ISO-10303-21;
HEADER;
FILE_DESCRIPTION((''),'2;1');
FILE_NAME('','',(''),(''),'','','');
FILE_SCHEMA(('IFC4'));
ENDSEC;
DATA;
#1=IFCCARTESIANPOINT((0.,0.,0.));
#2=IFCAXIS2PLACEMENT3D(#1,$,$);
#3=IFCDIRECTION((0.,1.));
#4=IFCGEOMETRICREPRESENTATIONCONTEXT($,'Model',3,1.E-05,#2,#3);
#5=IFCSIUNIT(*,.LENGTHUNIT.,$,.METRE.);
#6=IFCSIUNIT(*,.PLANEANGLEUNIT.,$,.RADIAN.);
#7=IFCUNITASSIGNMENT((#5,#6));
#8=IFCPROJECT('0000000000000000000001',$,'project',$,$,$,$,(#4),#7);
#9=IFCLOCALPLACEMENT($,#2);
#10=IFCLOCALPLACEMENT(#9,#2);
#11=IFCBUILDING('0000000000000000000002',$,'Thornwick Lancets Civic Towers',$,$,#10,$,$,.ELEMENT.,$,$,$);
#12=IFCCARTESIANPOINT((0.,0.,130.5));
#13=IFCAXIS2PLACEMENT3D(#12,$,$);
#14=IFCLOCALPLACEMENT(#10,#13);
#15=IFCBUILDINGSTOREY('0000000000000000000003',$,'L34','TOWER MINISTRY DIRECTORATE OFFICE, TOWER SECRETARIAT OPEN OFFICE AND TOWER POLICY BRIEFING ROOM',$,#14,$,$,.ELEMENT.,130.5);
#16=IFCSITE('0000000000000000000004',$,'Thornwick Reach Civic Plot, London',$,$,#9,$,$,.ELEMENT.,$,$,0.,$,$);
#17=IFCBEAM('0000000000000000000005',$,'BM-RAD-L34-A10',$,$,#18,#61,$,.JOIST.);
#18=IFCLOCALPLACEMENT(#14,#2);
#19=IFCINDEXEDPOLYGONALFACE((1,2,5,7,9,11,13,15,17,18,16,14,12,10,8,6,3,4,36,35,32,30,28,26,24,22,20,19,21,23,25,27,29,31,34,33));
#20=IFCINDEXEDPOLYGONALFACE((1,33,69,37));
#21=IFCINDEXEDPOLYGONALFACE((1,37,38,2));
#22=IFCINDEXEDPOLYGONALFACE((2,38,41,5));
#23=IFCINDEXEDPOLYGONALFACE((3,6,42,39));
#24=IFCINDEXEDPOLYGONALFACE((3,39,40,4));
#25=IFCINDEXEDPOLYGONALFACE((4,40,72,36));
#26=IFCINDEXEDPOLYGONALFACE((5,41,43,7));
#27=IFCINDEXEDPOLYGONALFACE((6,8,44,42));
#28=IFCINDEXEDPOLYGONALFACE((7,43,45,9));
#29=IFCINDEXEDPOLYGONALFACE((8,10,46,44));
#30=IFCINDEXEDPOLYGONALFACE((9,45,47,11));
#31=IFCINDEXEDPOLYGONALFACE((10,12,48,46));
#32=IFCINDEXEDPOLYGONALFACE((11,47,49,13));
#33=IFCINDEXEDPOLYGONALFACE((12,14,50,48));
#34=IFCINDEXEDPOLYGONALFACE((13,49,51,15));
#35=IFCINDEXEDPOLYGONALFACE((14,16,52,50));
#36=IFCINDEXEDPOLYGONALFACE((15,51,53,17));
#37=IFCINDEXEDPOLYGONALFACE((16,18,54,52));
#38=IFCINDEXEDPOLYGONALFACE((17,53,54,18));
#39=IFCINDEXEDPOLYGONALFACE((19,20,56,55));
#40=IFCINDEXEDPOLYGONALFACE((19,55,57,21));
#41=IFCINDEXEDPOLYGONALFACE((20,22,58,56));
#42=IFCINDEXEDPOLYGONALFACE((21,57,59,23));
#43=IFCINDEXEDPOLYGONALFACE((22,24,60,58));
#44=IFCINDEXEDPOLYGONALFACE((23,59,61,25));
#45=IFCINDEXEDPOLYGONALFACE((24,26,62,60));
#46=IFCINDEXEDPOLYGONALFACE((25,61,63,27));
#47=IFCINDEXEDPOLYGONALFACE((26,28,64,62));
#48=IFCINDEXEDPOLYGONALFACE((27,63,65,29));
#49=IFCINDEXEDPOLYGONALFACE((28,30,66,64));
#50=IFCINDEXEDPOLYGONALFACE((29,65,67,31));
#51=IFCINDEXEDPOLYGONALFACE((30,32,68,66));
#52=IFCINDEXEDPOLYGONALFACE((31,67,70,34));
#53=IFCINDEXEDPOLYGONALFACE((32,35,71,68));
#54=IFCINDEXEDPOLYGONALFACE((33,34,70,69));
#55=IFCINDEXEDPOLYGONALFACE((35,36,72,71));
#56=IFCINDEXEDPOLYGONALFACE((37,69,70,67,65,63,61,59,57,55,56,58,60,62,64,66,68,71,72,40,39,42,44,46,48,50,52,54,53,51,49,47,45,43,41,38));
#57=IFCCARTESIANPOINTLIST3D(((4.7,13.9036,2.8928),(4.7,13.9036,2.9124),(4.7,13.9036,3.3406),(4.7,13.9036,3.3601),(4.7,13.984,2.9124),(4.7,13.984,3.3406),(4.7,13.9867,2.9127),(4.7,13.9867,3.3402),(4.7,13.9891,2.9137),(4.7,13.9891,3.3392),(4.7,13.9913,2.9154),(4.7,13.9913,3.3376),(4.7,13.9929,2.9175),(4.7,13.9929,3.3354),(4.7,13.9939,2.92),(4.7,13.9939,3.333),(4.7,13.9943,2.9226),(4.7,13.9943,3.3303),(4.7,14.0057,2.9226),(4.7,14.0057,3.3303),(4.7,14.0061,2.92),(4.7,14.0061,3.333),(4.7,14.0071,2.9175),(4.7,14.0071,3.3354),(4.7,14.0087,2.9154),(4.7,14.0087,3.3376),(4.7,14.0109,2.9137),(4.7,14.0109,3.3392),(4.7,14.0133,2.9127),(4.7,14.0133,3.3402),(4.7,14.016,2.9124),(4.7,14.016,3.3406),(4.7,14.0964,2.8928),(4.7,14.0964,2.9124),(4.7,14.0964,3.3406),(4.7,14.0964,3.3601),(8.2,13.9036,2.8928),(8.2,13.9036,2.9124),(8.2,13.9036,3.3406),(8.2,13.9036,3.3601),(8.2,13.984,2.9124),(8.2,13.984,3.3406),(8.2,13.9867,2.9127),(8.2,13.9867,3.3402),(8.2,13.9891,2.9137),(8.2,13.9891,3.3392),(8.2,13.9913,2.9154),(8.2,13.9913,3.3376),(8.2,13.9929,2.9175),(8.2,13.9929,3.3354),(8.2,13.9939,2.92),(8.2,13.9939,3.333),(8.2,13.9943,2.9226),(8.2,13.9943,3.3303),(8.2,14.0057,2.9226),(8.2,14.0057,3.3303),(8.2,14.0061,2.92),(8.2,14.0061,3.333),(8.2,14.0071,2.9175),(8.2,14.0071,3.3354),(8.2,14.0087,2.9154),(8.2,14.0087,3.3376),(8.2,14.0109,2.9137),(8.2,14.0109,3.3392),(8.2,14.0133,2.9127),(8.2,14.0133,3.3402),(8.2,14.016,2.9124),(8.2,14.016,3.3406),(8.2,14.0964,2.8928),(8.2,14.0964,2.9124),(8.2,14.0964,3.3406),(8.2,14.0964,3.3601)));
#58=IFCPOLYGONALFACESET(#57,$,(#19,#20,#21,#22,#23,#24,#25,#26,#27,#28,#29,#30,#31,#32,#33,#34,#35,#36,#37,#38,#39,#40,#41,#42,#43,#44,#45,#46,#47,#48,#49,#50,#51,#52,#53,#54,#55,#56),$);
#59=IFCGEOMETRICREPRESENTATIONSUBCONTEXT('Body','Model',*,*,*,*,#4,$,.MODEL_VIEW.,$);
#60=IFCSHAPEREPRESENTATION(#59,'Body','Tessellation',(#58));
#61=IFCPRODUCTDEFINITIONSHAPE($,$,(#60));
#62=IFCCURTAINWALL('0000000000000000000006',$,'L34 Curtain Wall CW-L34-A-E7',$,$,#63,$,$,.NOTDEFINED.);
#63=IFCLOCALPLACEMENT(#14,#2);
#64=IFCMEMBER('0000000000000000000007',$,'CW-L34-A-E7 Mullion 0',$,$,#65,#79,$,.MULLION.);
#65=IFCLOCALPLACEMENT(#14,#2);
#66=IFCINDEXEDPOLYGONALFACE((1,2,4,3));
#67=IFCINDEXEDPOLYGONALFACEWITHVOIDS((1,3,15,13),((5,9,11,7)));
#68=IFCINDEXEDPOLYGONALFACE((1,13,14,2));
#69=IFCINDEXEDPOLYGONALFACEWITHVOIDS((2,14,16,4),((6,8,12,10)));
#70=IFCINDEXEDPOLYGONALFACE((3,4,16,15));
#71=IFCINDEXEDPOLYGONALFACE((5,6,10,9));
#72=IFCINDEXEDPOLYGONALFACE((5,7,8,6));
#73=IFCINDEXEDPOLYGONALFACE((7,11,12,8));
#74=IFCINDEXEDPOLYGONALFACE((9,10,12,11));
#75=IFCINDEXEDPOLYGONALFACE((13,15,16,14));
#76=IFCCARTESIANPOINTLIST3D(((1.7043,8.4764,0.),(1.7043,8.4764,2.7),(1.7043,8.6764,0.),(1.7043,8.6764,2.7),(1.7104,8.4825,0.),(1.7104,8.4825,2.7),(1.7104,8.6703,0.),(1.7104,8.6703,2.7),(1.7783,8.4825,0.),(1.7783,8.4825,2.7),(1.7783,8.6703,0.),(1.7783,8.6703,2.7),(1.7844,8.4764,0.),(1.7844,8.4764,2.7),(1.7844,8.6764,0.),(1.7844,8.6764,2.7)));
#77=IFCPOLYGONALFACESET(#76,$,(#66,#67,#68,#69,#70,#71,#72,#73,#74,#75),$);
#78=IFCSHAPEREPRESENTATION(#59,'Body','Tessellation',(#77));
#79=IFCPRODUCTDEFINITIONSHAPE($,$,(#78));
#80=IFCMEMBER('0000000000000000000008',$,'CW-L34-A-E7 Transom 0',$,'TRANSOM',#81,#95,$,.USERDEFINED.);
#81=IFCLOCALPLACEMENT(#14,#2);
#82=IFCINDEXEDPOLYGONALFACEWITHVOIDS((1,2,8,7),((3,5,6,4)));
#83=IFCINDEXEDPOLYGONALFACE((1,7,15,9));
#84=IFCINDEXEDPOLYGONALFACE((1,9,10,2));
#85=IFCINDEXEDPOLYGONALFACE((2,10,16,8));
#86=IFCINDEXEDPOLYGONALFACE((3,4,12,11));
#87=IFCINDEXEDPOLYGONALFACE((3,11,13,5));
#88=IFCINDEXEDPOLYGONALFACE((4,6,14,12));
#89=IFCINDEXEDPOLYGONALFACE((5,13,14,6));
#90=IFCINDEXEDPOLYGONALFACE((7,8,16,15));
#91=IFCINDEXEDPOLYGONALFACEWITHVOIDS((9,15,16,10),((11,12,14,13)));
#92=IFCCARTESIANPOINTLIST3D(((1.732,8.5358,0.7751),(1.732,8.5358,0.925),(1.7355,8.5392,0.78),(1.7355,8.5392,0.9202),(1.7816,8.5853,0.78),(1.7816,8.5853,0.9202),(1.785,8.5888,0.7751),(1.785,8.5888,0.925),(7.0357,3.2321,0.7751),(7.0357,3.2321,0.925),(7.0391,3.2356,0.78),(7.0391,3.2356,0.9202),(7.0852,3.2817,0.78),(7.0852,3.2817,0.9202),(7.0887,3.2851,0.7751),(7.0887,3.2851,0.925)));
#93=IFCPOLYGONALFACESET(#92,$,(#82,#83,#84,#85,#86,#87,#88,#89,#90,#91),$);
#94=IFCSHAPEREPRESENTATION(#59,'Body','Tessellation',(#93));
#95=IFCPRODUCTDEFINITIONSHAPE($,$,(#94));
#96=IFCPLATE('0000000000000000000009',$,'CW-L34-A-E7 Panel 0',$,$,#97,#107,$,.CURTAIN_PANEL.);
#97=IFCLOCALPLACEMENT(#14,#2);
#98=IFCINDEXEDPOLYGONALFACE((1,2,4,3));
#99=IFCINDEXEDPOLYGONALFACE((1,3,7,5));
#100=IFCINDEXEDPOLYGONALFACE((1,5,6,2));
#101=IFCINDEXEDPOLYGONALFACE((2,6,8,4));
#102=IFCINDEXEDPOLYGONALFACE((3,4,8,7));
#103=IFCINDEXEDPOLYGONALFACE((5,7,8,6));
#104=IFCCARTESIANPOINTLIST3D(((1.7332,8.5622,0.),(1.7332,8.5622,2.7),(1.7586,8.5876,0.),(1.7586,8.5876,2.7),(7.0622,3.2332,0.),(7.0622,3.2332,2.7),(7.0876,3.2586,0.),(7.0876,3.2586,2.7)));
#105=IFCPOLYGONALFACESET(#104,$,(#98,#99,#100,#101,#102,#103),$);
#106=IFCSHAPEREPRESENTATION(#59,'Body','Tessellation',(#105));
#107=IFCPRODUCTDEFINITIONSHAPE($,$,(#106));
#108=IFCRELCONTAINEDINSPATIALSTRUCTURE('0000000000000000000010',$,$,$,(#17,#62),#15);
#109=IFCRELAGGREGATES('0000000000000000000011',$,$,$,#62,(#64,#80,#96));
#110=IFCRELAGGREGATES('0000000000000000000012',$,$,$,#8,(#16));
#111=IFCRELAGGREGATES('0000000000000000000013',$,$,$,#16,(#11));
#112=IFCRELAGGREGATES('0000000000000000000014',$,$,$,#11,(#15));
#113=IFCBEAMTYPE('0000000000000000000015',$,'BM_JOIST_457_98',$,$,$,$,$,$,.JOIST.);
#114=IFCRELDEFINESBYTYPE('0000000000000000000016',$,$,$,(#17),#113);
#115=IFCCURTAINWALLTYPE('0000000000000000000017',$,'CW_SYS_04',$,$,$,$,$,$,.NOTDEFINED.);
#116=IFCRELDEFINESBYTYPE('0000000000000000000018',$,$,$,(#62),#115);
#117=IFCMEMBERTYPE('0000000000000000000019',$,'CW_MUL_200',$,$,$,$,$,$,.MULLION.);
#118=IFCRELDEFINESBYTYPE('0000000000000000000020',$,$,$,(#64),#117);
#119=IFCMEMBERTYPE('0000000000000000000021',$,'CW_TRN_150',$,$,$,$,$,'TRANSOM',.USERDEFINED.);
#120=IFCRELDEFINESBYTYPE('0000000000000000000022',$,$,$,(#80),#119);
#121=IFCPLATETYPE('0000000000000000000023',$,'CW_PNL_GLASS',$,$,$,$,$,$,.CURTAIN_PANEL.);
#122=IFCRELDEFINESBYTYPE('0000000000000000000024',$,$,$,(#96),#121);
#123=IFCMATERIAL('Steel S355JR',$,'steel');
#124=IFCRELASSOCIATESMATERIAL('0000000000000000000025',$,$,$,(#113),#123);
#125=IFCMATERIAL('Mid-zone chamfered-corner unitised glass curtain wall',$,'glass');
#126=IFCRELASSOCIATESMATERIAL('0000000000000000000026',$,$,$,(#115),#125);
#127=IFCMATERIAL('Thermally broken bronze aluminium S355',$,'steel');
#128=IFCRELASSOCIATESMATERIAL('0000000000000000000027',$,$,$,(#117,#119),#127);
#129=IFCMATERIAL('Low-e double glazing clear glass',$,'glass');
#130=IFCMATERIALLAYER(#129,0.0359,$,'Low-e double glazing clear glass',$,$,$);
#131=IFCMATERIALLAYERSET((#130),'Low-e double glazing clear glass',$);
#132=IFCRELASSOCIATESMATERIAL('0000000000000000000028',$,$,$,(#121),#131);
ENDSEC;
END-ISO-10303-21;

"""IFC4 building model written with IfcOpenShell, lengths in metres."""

from ifc_helpers import new_model, si_unit, direction, frame, origin, origin_2d, place, context, subcontext, project, spatial, rectangle, hollow_rectangle, i_section, extrude, material, layer, layer_set, material_profile, profile_set, type_object, element, aggregate, save


model = new_model("IFC4")

# Units and contexts
model_context = context("Model", 3, precision=1e-05, world=origin(), true_north=direction((0.0, 1.0)))
body_context = subcontext(model_context, "Body", "Model", "MODEL_VIEW")
ifc_project = project(units=[si_unit("LENGTHUNIT", "METRE"), si_unit("PLANEANGLEUNIT", "RADIAN")], contexts=[model_context])

# Site, building, storey
site_placement = place(None, origin())
site = spatial("IfcSite", under=ifc_project, at=site_placement, Name="Thornwick Reach Civic Plot, London", CompositionType="ELEMENT", RefElevation=0.0)
building_placement = place(site_placement, origin())
building = spatial("IfcBuilding", under=site, at=building_placement, Name="Thornwick Lancets Civic Towers", CompositionType="ELEMENT")
storey_placement = place(building_placement, frame((0.0, 0.0, 130.5)))
storey = spatial("IfcBuildingStorey", under=building, at=storey_placement, Name="L34", Description="TOWER MINISTRY DIRECTORATE OFFICE, TOWER SECRETARIAT OPEN OFFICE AND TOWER POLICY BRIEFING ROOM", CompositionType="ELEMENT", Elevation=130.5)

# Beam
ifc_material_1 = material(Name="Steel S355JR", Category="steel")
ifc_material_profile_1 = material_profile(ifc_material_1, i_section(OverallWidth=0.1929, OverallDepth=0.4673, WebThickness=0.0115, FlangeThickness=0.0195, FilletRadius=0.0103, at=origin_2d()), Name="UKB 457x191x98")
ifc_profile_set_1 = profile_set([ifc_material_profile_1], Name="Steel S355JR")
beam_type_1 = type_object("IfcBeamType", Name="BM_JOIST_457_98", PredefinedType="JOIST", material=ifc_profile_set_1)
for number, where, z_axis, x_axis, name in (
    (1, (8.2, 14.0, 3.1265), (-1.0, 0.0, 0.0), (0.0, -1.0, 0.0), "BM-RAD-L34-A10"),
):
    element("IfcBeam", number, at=place(storey_placement, frame(where, z_axis=z_axis, x_axis=x_axis)), inside=storey, type_object=beam_type_1, Name=name, PredefinedType="JOIST", context=body_context, shape_type="SweptSolid", body=[
        extrude(i_section(OverallWidth=0.1929, OverallDepth=0.4673, WebThickness=0.0115, FlangeThickness=0.0195, FilletRadius=0.0103, at=origin_2d()), origin(), (0.0, 0.0, 1.0), 3.5),
    ])

# Curtain wall, members, plate
ifc_material_2 = material(Name="Mid-zone chamfered-corner unitised glass curtain wall", Category="glass")
curtain_wall_type = type_object("IfcCurtainWallType", Name="CW_SYS_04", PredefinedType="NOTDEFINED", material=ifc_material_2)
curtain_wall_placement = place(storey_placement, origin())
curtain_wall = element("IfcCurtainWall", 2, at=curtain_wall_placement, inside=storey, type_object=curtain_wall_type, Name="L34 Curtain Wall CW-L34-A-E7", PredefinedType="NOTDEFINED")
ifc_material_3 = material(Name="Thermally broken bronze aluminium S355", Category="steel")
ifc_material_profile_2 = material_profile(ifc_material_3, hollow_rectangle(XDim=0.0801, YDim=0.2, WallThickness=0.0061, at=origin_2d()), Name="RHS 200x80x6")
ifc_profile_set_2 = profile_set([ifc_material_profile_2], Name="Thermally broken bronze aluminium S355")
member_type_1 = type_object("IfcMemberType", Name="CW_MUL_200", PredefinedType="MULLION", material=ifc_profile_set_2)
member_1_placement = place(storey_placement, frame((1.7444, 8.5764, 0.0), z_axis=(0.0, 0.0, 1.0), x_axis=(1.0, 0.0, 0.0)))
member_1 = element("IfcMember", 3, at=member_1_placement, type_object=member_type_1, Name="CW-L34-A-E7 Mullion 0", PredefinedType="MULLION", context=body_context, shape_type="SweptSolid", body=[
    extrude(hollow_rectangle(XDim=0.0801, YDim=0.2, WallThickness=0.0061, at=origin_2d()), origin(), (0.0, 0.0, 1.0), 2.7),
])
ifc_material_profile_3 = material_profile(ifc_material_3, hollow_rectangle(XDim=0.075, YDim=0.1499, WallThickness=0.0049, at=origin_2d()), Name="RHS 150x75x5")
ifc_profile_set_3 = profile_set([ifc_material_profile_3], Name="Thermally broken bronze aluminium S355")
member_type_2 = type_object("IfcMemberType", Name="CW_TRN_150", ElementType="TRANSOM", PredefinedType="USERDEFINED", material=ifc_profile_set_3)
member_2_placement = place(storey_placement, frame((1.7585, 8.5623, 0.8501), z_axis=(0.707107, -0.707107, 0.0), x_axis=(0.707107, 0.707107, 0.0)))
member_2 = element("IfcMember", 4, at=member_2_placement, type_object=member_type_2, Name="CW-L34-A-E7 Transom 0", ObjectType="TRANSOM", PredefinedType="USERDEFINED", context=body_context, shape_type="SweptSolid", body=[
    extrude(hollow_rectangle(XDim=0.075, YDim=0.1499, WallThickness=0.0049, at=origin_2d()), origin(), (0.0, 0.0, 1.0), 7.5005),
])
ifc_material_4 = material(Name="Low-e double glazing clear glass", Category="glass")
ifc_layer = layer(ifc_material_4, 0.0359, Name="Low-e double glazing clear glass")
ifc_layer_set = layer_set([ifc_layer], Name="Low-e double glazing clear glass")
plate_type = type_object("IfcPlateType", Name="CW_PNL_GLASS", PredefinedType="CURTAIN_PANEL", material=ifc_layer_set)
plate_placement = place(storey_placement, frame((4.4104, 5.9104, 0.0), z_axis=(0.0, 0.0, 1.0), x_axis=(0.707107, -0.707107, 0.0)))
plate = element("IfcPlate", 5, at=plate_placement, type_object=plate_type, Name="CW-L34-A-E7 Panel 0", PredefinedType="CURTAIN_PANEL", context=body_context, shape_type="SweptSolid", body=[
    extrude(rectangle(XDim=7.5364, YDim=0.0359, at=origin_2d()), origin(), (0.0, 0.0, 1.0), 2.7),
])
aggregate(curtain_wall, [member_1, member_2, plate])

save(model, "model.ifc")
